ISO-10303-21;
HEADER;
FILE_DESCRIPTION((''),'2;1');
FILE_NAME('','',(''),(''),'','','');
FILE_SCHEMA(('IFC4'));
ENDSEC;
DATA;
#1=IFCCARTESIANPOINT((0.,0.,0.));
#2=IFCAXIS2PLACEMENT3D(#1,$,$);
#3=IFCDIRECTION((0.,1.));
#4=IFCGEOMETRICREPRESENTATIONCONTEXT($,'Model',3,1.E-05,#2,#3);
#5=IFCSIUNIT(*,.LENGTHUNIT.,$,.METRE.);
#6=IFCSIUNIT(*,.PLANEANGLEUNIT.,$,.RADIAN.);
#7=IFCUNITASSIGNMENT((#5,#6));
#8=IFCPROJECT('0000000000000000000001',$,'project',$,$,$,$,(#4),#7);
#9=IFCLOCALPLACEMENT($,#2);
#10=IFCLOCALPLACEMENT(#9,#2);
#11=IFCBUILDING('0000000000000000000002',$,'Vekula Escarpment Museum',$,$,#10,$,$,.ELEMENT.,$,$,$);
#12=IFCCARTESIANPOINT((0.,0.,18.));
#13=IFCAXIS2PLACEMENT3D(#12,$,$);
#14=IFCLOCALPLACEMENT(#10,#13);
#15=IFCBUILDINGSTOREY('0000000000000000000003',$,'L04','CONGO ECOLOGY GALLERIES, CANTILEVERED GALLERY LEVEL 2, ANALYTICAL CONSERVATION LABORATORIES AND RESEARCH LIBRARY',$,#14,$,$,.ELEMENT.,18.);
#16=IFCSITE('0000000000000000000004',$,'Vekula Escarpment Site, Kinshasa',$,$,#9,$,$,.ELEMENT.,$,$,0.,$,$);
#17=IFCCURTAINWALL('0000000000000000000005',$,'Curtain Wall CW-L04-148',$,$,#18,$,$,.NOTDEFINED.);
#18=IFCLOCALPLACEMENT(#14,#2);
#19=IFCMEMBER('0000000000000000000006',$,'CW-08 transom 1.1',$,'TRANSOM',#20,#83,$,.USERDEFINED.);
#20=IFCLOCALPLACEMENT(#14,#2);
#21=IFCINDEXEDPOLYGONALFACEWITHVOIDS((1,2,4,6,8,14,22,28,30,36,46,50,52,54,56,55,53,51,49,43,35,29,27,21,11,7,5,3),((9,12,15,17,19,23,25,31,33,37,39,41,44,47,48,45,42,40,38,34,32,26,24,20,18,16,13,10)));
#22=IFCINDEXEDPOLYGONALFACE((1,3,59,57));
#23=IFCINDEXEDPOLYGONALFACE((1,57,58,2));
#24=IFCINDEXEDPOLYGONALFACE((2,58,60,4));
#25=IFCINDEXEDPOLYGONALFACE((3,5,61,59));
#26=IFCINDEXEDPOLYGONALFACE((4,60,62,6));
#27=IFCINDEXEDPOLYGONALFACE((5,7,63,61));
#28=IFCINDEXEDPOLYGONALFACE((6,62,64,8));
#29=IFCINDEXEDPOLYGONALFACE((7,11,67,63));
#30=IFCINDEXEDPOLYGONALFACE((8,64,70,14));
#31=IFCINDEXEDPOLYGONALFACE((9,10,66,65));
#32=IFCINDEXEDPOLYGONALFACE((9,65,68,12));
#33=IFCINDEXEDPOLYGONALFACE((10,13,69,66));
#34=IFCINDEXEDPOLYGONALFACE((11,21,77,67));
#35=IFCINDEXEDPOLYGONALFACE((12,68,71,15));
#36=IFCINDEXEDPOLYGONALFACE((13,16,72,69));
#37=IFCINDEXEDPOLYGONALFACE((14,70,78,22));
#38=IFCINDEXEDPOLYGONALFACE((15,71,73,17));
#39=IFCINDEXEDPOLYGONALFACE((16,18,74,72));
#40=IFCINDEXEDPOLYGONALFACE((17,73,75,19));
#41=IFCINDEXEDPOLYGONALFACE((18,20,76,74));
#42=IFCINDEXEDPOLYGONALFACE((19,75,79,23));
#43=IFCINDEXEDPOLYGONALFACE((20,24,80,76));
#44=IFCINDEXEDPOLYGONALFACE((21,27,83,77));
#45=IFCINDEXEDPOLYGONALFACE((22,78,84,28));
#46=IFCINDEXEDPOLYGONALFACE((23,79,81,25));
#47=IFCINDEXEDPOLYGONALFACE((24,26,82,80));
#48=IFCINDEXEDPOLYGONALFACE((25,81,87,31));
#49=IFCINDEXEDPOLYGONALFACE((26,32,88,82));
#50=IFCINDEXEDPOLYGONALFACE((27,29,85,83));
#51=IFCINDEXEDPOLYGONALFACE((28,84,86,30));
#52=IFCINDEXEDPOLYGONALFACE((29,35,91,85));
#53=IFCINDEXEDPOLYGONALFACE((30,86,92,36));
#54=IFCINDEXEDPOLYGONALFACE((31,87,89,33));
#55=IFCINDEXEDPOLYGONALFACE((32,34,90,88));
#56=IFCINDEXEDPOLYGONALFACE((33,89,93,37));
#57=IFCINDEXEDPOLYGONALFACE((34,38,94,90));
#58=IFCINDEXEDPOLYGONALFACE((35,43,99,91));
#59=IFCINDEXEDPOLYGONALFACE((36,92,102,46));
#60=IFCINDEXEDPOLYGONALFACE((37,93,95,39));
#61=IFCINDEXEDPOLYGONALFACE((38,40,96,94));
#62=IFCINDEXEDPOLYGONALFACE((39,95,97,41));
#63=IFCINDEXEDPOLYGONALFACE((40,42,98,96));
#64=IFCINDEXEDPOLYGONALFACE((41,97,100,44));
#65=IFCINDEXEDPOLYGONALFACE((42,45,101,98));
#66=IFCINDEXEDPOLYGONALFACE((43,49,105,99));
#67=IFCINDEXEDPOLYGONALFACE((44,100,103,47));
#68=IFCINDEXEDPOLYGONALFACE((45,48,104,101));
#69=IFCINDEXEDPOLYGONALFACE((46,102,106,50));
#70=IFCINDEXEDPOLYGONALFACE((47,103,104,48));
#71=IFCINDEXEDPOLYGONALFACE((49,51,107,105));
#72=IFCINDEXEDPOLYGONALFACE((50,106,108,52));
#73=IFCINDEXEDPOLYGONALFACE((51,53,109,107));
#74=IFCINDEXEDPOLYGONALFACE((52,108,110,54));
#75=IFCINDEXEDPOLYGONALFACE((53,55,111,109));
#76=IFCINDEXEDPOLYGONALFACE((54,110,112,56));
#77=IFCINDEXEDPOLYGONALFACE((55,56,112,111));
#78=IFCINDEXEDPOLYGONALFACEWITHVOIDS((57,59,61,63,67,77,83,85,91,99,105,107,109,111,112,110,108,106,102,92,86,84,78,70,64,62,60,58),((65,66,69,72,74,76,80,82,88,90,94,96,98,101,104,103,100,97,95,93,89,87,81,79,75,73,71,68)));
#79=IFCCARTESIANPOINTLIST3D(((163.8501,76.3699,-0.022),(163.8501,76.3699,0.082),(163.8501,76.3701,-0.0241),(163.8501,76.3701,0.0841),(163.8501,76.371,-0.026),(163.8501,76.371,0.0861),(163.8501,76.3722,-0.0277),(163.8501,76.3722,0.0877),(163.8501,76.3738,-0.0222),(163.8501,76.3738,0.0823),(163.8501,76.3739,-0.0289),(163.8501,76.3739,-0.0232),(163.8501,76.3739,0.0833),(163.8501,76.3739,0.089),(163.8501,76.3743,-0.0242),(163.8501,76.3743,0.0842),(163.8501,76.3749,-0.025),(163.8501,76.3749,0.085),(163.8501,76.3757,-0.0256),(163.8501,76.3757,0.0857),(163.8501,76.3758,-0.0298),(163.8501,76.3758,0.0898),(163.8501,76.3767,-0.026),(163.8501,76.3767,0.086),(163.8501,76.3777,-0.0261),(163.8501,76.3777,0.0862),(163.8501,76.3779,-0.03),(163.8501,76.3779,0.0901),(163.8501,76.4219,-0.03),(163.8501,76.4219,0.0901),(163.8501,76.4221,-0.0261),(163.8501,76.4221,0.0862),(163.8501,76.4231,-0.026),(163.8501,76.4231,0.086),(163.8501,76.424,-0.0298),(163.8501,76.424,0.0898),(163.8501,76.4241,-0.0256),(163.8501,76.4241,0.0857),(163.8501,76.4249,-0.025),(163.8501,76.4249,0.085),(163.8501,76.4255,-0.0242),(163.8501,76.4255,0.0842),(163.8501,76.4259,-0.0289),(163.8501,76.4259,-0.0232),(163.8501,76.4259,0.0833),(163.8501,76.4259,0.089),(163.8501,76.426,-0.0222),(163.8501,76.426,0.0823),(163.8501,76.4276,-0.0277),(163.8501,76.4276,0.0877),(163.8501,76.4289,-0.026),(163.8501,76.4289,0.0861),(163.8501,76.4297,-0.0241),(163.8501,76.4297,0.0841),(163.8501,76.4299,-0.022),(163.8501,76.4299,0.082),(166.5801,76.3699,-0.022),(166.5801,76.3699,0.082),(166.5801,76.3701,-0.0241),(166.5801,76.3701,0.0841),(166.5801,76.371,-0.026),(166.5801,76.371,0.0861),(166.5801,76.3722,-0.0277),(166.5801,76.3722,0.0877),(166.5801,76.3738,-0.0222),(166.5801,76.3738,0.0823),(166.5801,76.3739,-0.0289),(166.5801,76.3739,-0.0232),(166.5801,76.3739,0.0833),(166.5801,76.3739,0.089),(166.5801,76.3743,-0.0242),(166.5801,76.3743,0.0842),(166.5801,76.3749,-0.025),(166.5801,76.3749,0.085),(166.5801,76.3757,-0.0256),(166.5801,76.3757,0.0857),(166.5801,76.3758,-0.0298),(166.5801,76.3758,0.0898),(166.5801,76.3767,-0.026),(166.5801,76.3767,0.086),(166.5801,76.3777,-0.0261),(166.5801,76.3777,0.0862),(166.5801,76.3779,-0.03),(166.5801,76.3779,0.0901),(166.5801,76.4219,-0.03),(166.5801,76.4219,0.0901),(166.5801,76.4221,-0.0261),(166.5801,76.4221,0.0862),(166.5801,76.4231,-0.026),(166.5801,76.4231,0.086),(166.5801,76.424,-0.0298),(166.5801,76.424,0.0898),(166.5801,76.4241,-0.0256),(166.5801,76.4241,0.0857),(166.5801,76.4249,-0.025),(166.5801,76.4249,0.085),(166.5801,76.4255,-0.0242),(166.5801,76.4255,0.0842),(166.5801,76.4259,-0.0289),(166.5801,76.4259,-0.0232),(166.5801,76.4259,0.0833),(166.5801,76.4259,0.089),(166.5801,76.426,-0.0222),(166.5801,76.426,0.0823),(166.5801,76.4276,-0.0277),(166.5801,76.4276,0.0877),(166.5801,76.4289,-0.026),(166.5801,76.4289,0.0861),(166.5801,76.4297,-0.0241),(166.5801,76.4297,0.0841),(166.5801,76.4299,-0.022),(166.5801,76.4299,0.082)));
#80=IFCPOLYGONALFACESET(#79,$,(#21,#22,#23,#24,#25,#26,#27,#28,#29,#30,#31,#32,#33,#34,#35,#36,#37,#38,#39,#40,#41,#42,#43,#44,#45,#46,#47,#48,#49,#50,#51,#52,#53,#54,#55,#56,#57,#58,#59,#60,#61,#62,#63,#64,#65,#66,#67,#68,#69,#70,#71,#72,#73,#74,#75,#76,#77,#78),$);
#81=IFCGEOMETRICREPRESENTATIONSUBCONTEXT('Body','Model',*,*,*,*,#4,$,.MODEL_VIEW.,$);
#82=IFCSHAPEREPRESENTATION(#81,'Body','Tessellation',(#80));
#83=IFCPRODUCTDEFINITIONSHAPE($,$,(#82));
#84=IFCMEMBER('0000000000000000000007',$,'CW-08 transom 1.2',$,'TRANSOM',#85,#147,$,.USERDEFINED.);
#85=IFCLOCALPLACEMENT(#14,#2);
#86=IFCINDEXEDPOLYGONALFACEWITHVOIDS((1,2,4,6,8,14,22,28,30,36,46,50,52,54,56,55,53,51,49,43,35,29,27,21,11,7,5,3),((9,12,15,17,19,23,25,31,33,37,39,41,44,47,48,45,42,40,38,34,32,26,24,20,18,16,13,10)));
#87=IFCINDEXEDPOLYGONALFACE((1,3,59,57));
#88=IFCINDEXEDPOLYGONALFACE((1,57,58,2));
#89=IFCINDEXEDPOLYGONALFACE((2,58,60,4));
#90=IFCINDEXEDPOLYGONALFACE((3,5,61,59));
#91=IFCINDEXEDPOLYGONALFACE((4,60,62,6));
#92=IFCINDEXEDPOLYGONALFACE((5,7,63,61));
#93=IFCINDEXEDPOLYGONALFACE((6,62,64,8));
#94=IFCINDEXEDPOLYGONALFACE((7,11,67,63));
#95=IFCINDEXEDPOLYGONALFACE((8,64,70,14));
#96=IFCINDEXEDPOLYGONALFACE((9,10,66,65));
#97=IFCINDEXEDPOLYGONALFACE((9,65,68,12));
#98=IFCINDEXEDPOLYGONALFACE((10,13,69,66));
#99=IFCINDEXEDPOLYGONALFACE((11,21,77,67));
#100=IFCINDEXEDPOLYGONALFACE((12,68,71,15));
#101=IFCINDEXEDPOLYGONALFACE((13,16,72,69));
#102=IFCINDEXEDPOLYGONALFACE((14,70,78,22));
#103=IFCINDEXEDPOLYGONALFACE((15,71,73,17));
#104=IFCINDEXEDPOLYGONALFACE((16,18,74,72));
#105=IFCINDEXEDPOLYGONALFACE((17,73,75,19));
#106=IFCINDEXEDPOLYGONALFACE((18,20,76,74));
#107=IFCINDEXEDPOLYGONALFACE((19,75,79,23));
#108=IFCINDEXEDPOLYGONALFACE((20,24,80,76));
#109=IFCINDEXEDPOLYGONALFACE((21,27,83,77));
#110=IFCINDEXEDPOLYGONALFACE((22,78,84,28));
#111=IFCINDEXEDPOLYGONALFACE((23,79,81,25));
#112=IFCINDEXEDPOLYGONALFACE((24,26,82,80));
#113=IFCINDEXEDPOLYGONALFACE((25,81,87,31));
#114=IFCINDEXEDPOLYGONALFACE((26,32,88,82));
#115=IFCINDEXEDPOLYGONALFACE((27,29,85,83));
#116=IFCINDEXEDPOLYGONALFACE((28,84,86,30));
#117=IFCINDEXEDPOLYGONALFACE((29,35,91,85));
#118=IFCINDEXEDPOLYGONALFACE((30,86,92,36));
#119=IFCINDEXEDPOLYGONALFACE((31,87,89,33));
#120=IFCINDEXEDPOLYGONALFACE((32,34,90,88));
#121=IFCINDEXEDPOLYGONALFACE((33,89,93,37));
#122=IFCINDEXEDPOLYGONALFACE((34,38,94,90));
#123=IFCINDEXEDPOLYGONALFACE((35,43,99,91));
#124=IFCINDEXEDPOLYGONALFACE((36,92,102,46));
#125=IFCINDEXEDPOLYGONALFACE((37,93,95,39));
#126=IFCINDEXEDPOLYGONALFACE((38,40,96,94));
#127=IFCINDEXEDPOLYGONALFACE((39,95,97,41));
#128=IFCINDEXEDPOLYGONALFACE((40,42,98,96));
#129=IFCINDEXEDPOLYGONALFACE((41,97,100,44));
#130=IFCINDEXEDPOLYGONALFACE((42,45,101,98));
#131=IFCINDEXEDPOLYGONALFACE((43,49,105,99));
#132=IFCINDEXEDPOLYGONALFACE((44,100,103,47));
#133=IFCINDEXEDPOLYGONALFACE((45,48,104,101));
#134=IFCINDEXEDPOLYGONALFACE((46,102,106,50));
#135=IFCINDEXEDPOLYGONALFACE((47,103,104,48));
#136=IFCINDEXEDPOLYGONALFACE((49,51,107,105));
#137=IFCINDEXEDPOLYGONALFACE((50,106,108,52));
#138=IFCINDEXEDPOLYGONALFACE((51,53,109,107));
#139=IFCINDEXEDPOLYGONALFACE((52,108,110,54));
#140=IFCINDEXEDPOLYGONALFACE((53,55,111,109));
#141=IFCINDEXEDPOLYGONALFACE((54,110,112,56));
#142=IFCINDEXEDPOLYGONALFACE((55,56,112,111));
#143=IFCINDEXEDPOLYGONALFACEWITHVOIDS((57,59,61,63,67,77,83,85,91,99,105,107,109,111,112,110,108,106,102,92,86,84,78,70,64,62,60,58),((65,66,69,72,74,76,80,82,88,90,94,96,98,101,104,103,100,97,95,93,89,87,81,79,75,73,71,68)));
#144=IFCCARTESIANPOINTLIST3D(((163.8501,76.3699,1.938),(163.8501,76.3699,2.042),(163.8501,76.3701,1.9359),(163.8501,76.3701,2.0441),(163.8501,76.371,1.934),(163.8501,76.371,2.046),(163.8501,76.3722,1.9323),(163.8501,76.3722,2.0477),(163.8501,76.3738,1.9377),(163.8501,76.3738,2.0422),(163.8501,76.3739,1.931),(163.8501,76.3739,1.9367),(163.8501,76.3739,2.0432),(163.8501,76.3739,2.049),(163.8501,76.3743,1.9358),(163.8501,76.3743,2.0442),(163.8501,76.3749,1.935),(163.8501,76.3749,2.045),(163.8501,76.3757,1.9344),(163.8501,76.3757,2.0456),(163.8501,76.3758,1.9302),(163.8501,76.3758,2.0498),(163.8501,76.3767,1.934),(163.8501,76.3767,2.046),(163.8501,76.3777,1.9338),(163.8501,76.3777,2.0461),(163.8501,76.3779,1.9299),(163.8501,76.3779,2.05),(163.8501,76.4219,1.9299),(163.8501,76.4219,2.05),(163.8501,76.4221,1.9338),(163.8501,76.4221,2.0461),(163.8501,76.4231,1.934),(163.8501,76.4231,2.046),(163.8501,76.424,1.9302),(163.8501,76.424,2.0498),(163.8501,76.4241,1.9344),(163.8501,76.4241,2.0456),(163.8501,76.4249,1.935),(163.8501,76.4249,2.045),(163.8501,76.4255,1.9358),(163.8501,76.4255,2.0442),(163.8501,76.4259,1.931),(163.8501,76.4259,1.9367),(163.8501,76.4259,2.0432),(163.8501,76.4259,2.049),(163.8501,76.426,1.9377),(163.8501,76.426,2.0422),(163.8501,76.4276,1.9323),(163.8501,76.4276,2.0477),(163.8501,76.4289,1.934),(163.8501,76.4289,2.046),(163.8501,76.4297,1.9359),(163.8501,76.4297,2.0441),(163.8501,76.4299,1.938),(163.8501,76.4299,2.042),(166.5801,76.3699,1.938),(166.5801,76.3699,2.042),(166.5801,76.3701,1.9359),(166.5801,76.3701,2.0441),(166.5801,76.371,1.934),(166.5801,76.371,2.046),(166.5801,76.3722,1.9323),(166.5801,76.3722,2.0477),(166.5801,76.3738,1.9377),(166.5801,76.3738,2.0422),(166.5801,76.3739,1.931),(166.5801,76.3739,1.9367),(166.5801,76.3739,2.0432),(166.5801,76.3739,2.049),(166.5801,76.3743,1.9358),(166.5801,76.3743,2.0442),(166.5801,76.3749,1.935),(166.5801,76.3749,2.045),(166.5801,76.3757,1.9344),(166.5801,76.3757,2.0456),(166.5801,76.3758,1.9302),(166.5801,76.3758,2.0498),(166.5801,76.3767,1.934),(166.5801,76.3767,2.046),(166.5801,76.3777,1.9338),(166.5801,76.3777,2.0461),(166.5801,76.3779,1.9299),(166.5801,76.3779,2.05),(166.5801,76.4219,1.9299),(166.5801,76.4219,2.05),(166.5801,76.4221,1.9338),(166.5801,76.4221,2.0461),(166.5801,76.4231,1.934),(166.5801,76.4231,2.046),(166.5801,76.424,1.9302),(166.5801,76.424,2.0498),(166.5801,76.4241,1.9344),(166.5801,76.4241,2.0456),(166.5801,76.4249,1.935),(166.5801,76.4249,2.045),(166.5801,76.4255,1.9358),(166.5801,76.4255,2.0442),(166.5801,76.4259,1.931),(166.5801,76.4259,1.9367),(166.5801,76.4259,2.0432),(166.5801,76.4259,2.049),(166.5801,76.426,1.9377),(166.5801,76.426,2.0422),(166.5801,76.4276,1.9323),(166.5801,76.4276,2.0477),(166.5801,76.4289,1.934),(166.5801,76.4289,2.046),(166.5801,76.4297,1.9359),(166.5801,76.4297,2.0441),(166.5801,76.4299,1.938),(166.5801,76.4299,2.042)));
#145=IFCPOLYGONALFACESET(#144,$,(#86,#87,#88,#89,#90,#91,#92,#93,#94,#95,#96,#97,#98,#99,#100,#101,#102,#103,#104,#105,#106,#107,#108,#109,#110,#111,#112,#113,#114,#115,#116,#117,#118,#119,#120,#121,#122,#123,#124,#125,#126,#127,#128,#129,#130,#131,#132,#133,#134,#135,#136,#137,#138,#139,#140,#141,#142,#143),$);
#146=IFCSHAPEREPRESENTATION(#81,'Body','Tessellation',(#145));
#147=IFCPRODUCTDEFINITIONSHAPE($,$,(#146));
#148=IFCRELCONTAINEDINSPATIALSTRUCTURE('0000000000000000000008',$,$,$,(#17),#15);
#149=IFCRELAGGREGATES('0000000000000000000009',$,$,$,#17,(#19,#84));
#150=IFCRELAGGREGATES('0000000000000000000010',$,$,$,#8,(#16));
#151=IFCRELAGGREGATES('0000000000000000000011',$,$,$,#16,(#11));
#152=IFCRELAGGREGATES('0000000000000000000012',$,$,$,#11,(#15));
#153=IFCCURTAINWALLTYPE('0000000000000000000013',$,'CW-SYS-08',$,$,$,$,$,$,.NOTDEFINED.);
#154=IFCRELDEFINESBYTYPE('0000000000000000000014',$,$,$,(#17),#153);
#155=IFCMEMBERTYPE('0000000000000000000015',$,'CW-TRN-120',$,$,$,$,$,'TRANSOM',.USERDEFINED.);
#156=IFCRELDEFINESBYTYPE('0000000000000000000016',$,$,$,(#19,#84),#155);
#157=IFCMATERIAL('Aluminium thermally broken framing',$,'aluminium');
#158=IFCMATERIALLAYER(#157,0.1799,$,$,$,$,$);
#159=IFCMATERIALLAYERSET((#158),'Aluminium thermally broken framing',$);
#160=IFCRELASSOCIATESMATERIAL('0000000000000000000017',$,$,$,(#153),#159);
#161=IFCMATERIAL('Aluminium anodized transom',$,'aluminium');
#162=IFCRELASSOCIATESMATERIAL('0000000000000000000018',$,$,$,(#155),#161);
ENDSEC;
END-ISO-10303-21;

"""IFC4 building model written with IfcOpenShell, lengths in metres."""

from ifc_helpers import new_model, si_unit, direction, frame, origin, origin_2d, place, context, subcontext, project, spatial, hollow_rectangle, extrude, material, layer, layer_set, material_profile, profile_set, type_object, element, aggregate, save


model = new_model("IFC4")

# Units and contexts
model_context = context("Model", 3, precision=1e-05, world=origin(), true_north=direction((0.0, 1.0)))
body_context = subcontext(model_context, "Body", "Model", "MODEL_VIEW")
ifc_project = project(units=[si_unit("LENGTHUNIT", "METRE"), si_unit("PLANEANGLEUNIT", "RADIAN")], contexts=[model_context])

# Site, building, storey
site_placement = place(None, origin())
site = spatial("IfcSite", under=ifc_project, at=site_placement, Name="Vekula Escarpment Site, Kinshasa", CompositionType="ELEMENT", RefElevation=0.0)
building_placement = place(site_placement, origin())
building = spatial("IfcBuilding", under=site, at=building_placement, Name="Vekula Escarpment Museum", CompositionType="ELEMENT")
storey_placement = place(building_placement, frame((0.0, 0.0, 18.0)))
storey = spatial("IfcBuildingStorey", under=building, at=storey_placement, Name="L04", Description="CONGO ECOLOGY GALLERIES, CANTILEVERED GALLERY LEVEL 2, ANALYTICAL CONSERVATION LABORATORIES AND RESEARCH LIBRARY", CompositionType="ELEMENT", Elevation=18.0)

# Curtain wall, members
ifc_material_1 = material(Name="Aluminium thermally broken framing", Category="aluminium")
ifc_layer_1 = layer(ifc_material_1, 0.1799)
ifc_layer_set_1 = layer_set([ifc_layer_1], Name="Aluminium thermally broken framing")
curtain_wall_type = type_object("IfcCurtainWallType", Name="CW-SYS-08", PredefinedType="NOTDEFINED", material=ifc_layer_set_1)
curtain_wall_placement = place(storey_placement, origin())
curtain_wall = element("IfcCurtainWall", 1, at=curtain_wall_placement, inside=storey, type_object=curtain_wall_type, Name="Curtain Wall CW-L04-148", PredefinedType="NOTDEFINED")
ifc_material_2 = material(Name="Aluminium anodized transom", Category="aluminium")
ifc_material_profile_1 = material_profile(ifc_material_2, hollow_rectangle(XDim=0.0601, YDim=0.1201, WallThickness=0.0039, InnerFilletRadius=0.0039, OuterFilletRadius=0.0081, at=origin_2d()), Name="ALU 120x60x4")
ifc_profile_set_1 = profile_set([ifc_material_profile_1], Name="Aluminium anodized transom")
member_type_1 = type_object("IfcMemberType", Name="CW-TRN-120", ElementType="TRANSOM", PredefinedType="USERDEFINED", material=ifc_profile_set_1)
member_1_placement = place(storey_placement, frame((166.5801, 76.3999, 0.03), z_axis=(-1.0, 0.0, 0.0), x_axis=(0.0, -1.0, 0.0)))
member_1 = element("IfcMember", 2, at=member_1_placement, type_object=member_type_1, Name="CW-08 transom 1.1", ObjectType="TRANSOM", PredefinedType="USERDEFINED", context=body_context, shape_type="SweptSolid", body=[
    extrude(hollow_rectangle(XDim=0.0601, YDim=0.1201, WallThickness=0.0039, InnerFilletRadius=0.0039, OuterFilletRadius=0.0081, at=origin_2d()), origin(), (0.0, 0.0, 1.0), 2.73),
])
member_2_placement = place(storey_placement, frame((166.5801, 76.3999, 1.99), z_axis=(-1.0, 0.0, 0.0), x_axis=(0.0, -1.0, 0.0)))
member_2 = element("IfcMember", 3, at=member_2_placement, type_object=member_type_1, Name="CW-08 transom 1.2", ObjectType="TRANSOM", PredefinedType="USERDEFINED", context=body_context, shape_type="SweptSolid", body=[
    extrude(hollow_rectangle(XDim=0.0601, YDim=0.1201, WallThickness=0.0039, InnerFilletRadius=0.0039, OuterFilletRadius=0.0081, at=origin_2d()), origin(), (0.0, 0.0, 1.0), 2.73),
])
aggregate(curtain_wall, [member_1, member_2])

save(model, "model.ifc")
